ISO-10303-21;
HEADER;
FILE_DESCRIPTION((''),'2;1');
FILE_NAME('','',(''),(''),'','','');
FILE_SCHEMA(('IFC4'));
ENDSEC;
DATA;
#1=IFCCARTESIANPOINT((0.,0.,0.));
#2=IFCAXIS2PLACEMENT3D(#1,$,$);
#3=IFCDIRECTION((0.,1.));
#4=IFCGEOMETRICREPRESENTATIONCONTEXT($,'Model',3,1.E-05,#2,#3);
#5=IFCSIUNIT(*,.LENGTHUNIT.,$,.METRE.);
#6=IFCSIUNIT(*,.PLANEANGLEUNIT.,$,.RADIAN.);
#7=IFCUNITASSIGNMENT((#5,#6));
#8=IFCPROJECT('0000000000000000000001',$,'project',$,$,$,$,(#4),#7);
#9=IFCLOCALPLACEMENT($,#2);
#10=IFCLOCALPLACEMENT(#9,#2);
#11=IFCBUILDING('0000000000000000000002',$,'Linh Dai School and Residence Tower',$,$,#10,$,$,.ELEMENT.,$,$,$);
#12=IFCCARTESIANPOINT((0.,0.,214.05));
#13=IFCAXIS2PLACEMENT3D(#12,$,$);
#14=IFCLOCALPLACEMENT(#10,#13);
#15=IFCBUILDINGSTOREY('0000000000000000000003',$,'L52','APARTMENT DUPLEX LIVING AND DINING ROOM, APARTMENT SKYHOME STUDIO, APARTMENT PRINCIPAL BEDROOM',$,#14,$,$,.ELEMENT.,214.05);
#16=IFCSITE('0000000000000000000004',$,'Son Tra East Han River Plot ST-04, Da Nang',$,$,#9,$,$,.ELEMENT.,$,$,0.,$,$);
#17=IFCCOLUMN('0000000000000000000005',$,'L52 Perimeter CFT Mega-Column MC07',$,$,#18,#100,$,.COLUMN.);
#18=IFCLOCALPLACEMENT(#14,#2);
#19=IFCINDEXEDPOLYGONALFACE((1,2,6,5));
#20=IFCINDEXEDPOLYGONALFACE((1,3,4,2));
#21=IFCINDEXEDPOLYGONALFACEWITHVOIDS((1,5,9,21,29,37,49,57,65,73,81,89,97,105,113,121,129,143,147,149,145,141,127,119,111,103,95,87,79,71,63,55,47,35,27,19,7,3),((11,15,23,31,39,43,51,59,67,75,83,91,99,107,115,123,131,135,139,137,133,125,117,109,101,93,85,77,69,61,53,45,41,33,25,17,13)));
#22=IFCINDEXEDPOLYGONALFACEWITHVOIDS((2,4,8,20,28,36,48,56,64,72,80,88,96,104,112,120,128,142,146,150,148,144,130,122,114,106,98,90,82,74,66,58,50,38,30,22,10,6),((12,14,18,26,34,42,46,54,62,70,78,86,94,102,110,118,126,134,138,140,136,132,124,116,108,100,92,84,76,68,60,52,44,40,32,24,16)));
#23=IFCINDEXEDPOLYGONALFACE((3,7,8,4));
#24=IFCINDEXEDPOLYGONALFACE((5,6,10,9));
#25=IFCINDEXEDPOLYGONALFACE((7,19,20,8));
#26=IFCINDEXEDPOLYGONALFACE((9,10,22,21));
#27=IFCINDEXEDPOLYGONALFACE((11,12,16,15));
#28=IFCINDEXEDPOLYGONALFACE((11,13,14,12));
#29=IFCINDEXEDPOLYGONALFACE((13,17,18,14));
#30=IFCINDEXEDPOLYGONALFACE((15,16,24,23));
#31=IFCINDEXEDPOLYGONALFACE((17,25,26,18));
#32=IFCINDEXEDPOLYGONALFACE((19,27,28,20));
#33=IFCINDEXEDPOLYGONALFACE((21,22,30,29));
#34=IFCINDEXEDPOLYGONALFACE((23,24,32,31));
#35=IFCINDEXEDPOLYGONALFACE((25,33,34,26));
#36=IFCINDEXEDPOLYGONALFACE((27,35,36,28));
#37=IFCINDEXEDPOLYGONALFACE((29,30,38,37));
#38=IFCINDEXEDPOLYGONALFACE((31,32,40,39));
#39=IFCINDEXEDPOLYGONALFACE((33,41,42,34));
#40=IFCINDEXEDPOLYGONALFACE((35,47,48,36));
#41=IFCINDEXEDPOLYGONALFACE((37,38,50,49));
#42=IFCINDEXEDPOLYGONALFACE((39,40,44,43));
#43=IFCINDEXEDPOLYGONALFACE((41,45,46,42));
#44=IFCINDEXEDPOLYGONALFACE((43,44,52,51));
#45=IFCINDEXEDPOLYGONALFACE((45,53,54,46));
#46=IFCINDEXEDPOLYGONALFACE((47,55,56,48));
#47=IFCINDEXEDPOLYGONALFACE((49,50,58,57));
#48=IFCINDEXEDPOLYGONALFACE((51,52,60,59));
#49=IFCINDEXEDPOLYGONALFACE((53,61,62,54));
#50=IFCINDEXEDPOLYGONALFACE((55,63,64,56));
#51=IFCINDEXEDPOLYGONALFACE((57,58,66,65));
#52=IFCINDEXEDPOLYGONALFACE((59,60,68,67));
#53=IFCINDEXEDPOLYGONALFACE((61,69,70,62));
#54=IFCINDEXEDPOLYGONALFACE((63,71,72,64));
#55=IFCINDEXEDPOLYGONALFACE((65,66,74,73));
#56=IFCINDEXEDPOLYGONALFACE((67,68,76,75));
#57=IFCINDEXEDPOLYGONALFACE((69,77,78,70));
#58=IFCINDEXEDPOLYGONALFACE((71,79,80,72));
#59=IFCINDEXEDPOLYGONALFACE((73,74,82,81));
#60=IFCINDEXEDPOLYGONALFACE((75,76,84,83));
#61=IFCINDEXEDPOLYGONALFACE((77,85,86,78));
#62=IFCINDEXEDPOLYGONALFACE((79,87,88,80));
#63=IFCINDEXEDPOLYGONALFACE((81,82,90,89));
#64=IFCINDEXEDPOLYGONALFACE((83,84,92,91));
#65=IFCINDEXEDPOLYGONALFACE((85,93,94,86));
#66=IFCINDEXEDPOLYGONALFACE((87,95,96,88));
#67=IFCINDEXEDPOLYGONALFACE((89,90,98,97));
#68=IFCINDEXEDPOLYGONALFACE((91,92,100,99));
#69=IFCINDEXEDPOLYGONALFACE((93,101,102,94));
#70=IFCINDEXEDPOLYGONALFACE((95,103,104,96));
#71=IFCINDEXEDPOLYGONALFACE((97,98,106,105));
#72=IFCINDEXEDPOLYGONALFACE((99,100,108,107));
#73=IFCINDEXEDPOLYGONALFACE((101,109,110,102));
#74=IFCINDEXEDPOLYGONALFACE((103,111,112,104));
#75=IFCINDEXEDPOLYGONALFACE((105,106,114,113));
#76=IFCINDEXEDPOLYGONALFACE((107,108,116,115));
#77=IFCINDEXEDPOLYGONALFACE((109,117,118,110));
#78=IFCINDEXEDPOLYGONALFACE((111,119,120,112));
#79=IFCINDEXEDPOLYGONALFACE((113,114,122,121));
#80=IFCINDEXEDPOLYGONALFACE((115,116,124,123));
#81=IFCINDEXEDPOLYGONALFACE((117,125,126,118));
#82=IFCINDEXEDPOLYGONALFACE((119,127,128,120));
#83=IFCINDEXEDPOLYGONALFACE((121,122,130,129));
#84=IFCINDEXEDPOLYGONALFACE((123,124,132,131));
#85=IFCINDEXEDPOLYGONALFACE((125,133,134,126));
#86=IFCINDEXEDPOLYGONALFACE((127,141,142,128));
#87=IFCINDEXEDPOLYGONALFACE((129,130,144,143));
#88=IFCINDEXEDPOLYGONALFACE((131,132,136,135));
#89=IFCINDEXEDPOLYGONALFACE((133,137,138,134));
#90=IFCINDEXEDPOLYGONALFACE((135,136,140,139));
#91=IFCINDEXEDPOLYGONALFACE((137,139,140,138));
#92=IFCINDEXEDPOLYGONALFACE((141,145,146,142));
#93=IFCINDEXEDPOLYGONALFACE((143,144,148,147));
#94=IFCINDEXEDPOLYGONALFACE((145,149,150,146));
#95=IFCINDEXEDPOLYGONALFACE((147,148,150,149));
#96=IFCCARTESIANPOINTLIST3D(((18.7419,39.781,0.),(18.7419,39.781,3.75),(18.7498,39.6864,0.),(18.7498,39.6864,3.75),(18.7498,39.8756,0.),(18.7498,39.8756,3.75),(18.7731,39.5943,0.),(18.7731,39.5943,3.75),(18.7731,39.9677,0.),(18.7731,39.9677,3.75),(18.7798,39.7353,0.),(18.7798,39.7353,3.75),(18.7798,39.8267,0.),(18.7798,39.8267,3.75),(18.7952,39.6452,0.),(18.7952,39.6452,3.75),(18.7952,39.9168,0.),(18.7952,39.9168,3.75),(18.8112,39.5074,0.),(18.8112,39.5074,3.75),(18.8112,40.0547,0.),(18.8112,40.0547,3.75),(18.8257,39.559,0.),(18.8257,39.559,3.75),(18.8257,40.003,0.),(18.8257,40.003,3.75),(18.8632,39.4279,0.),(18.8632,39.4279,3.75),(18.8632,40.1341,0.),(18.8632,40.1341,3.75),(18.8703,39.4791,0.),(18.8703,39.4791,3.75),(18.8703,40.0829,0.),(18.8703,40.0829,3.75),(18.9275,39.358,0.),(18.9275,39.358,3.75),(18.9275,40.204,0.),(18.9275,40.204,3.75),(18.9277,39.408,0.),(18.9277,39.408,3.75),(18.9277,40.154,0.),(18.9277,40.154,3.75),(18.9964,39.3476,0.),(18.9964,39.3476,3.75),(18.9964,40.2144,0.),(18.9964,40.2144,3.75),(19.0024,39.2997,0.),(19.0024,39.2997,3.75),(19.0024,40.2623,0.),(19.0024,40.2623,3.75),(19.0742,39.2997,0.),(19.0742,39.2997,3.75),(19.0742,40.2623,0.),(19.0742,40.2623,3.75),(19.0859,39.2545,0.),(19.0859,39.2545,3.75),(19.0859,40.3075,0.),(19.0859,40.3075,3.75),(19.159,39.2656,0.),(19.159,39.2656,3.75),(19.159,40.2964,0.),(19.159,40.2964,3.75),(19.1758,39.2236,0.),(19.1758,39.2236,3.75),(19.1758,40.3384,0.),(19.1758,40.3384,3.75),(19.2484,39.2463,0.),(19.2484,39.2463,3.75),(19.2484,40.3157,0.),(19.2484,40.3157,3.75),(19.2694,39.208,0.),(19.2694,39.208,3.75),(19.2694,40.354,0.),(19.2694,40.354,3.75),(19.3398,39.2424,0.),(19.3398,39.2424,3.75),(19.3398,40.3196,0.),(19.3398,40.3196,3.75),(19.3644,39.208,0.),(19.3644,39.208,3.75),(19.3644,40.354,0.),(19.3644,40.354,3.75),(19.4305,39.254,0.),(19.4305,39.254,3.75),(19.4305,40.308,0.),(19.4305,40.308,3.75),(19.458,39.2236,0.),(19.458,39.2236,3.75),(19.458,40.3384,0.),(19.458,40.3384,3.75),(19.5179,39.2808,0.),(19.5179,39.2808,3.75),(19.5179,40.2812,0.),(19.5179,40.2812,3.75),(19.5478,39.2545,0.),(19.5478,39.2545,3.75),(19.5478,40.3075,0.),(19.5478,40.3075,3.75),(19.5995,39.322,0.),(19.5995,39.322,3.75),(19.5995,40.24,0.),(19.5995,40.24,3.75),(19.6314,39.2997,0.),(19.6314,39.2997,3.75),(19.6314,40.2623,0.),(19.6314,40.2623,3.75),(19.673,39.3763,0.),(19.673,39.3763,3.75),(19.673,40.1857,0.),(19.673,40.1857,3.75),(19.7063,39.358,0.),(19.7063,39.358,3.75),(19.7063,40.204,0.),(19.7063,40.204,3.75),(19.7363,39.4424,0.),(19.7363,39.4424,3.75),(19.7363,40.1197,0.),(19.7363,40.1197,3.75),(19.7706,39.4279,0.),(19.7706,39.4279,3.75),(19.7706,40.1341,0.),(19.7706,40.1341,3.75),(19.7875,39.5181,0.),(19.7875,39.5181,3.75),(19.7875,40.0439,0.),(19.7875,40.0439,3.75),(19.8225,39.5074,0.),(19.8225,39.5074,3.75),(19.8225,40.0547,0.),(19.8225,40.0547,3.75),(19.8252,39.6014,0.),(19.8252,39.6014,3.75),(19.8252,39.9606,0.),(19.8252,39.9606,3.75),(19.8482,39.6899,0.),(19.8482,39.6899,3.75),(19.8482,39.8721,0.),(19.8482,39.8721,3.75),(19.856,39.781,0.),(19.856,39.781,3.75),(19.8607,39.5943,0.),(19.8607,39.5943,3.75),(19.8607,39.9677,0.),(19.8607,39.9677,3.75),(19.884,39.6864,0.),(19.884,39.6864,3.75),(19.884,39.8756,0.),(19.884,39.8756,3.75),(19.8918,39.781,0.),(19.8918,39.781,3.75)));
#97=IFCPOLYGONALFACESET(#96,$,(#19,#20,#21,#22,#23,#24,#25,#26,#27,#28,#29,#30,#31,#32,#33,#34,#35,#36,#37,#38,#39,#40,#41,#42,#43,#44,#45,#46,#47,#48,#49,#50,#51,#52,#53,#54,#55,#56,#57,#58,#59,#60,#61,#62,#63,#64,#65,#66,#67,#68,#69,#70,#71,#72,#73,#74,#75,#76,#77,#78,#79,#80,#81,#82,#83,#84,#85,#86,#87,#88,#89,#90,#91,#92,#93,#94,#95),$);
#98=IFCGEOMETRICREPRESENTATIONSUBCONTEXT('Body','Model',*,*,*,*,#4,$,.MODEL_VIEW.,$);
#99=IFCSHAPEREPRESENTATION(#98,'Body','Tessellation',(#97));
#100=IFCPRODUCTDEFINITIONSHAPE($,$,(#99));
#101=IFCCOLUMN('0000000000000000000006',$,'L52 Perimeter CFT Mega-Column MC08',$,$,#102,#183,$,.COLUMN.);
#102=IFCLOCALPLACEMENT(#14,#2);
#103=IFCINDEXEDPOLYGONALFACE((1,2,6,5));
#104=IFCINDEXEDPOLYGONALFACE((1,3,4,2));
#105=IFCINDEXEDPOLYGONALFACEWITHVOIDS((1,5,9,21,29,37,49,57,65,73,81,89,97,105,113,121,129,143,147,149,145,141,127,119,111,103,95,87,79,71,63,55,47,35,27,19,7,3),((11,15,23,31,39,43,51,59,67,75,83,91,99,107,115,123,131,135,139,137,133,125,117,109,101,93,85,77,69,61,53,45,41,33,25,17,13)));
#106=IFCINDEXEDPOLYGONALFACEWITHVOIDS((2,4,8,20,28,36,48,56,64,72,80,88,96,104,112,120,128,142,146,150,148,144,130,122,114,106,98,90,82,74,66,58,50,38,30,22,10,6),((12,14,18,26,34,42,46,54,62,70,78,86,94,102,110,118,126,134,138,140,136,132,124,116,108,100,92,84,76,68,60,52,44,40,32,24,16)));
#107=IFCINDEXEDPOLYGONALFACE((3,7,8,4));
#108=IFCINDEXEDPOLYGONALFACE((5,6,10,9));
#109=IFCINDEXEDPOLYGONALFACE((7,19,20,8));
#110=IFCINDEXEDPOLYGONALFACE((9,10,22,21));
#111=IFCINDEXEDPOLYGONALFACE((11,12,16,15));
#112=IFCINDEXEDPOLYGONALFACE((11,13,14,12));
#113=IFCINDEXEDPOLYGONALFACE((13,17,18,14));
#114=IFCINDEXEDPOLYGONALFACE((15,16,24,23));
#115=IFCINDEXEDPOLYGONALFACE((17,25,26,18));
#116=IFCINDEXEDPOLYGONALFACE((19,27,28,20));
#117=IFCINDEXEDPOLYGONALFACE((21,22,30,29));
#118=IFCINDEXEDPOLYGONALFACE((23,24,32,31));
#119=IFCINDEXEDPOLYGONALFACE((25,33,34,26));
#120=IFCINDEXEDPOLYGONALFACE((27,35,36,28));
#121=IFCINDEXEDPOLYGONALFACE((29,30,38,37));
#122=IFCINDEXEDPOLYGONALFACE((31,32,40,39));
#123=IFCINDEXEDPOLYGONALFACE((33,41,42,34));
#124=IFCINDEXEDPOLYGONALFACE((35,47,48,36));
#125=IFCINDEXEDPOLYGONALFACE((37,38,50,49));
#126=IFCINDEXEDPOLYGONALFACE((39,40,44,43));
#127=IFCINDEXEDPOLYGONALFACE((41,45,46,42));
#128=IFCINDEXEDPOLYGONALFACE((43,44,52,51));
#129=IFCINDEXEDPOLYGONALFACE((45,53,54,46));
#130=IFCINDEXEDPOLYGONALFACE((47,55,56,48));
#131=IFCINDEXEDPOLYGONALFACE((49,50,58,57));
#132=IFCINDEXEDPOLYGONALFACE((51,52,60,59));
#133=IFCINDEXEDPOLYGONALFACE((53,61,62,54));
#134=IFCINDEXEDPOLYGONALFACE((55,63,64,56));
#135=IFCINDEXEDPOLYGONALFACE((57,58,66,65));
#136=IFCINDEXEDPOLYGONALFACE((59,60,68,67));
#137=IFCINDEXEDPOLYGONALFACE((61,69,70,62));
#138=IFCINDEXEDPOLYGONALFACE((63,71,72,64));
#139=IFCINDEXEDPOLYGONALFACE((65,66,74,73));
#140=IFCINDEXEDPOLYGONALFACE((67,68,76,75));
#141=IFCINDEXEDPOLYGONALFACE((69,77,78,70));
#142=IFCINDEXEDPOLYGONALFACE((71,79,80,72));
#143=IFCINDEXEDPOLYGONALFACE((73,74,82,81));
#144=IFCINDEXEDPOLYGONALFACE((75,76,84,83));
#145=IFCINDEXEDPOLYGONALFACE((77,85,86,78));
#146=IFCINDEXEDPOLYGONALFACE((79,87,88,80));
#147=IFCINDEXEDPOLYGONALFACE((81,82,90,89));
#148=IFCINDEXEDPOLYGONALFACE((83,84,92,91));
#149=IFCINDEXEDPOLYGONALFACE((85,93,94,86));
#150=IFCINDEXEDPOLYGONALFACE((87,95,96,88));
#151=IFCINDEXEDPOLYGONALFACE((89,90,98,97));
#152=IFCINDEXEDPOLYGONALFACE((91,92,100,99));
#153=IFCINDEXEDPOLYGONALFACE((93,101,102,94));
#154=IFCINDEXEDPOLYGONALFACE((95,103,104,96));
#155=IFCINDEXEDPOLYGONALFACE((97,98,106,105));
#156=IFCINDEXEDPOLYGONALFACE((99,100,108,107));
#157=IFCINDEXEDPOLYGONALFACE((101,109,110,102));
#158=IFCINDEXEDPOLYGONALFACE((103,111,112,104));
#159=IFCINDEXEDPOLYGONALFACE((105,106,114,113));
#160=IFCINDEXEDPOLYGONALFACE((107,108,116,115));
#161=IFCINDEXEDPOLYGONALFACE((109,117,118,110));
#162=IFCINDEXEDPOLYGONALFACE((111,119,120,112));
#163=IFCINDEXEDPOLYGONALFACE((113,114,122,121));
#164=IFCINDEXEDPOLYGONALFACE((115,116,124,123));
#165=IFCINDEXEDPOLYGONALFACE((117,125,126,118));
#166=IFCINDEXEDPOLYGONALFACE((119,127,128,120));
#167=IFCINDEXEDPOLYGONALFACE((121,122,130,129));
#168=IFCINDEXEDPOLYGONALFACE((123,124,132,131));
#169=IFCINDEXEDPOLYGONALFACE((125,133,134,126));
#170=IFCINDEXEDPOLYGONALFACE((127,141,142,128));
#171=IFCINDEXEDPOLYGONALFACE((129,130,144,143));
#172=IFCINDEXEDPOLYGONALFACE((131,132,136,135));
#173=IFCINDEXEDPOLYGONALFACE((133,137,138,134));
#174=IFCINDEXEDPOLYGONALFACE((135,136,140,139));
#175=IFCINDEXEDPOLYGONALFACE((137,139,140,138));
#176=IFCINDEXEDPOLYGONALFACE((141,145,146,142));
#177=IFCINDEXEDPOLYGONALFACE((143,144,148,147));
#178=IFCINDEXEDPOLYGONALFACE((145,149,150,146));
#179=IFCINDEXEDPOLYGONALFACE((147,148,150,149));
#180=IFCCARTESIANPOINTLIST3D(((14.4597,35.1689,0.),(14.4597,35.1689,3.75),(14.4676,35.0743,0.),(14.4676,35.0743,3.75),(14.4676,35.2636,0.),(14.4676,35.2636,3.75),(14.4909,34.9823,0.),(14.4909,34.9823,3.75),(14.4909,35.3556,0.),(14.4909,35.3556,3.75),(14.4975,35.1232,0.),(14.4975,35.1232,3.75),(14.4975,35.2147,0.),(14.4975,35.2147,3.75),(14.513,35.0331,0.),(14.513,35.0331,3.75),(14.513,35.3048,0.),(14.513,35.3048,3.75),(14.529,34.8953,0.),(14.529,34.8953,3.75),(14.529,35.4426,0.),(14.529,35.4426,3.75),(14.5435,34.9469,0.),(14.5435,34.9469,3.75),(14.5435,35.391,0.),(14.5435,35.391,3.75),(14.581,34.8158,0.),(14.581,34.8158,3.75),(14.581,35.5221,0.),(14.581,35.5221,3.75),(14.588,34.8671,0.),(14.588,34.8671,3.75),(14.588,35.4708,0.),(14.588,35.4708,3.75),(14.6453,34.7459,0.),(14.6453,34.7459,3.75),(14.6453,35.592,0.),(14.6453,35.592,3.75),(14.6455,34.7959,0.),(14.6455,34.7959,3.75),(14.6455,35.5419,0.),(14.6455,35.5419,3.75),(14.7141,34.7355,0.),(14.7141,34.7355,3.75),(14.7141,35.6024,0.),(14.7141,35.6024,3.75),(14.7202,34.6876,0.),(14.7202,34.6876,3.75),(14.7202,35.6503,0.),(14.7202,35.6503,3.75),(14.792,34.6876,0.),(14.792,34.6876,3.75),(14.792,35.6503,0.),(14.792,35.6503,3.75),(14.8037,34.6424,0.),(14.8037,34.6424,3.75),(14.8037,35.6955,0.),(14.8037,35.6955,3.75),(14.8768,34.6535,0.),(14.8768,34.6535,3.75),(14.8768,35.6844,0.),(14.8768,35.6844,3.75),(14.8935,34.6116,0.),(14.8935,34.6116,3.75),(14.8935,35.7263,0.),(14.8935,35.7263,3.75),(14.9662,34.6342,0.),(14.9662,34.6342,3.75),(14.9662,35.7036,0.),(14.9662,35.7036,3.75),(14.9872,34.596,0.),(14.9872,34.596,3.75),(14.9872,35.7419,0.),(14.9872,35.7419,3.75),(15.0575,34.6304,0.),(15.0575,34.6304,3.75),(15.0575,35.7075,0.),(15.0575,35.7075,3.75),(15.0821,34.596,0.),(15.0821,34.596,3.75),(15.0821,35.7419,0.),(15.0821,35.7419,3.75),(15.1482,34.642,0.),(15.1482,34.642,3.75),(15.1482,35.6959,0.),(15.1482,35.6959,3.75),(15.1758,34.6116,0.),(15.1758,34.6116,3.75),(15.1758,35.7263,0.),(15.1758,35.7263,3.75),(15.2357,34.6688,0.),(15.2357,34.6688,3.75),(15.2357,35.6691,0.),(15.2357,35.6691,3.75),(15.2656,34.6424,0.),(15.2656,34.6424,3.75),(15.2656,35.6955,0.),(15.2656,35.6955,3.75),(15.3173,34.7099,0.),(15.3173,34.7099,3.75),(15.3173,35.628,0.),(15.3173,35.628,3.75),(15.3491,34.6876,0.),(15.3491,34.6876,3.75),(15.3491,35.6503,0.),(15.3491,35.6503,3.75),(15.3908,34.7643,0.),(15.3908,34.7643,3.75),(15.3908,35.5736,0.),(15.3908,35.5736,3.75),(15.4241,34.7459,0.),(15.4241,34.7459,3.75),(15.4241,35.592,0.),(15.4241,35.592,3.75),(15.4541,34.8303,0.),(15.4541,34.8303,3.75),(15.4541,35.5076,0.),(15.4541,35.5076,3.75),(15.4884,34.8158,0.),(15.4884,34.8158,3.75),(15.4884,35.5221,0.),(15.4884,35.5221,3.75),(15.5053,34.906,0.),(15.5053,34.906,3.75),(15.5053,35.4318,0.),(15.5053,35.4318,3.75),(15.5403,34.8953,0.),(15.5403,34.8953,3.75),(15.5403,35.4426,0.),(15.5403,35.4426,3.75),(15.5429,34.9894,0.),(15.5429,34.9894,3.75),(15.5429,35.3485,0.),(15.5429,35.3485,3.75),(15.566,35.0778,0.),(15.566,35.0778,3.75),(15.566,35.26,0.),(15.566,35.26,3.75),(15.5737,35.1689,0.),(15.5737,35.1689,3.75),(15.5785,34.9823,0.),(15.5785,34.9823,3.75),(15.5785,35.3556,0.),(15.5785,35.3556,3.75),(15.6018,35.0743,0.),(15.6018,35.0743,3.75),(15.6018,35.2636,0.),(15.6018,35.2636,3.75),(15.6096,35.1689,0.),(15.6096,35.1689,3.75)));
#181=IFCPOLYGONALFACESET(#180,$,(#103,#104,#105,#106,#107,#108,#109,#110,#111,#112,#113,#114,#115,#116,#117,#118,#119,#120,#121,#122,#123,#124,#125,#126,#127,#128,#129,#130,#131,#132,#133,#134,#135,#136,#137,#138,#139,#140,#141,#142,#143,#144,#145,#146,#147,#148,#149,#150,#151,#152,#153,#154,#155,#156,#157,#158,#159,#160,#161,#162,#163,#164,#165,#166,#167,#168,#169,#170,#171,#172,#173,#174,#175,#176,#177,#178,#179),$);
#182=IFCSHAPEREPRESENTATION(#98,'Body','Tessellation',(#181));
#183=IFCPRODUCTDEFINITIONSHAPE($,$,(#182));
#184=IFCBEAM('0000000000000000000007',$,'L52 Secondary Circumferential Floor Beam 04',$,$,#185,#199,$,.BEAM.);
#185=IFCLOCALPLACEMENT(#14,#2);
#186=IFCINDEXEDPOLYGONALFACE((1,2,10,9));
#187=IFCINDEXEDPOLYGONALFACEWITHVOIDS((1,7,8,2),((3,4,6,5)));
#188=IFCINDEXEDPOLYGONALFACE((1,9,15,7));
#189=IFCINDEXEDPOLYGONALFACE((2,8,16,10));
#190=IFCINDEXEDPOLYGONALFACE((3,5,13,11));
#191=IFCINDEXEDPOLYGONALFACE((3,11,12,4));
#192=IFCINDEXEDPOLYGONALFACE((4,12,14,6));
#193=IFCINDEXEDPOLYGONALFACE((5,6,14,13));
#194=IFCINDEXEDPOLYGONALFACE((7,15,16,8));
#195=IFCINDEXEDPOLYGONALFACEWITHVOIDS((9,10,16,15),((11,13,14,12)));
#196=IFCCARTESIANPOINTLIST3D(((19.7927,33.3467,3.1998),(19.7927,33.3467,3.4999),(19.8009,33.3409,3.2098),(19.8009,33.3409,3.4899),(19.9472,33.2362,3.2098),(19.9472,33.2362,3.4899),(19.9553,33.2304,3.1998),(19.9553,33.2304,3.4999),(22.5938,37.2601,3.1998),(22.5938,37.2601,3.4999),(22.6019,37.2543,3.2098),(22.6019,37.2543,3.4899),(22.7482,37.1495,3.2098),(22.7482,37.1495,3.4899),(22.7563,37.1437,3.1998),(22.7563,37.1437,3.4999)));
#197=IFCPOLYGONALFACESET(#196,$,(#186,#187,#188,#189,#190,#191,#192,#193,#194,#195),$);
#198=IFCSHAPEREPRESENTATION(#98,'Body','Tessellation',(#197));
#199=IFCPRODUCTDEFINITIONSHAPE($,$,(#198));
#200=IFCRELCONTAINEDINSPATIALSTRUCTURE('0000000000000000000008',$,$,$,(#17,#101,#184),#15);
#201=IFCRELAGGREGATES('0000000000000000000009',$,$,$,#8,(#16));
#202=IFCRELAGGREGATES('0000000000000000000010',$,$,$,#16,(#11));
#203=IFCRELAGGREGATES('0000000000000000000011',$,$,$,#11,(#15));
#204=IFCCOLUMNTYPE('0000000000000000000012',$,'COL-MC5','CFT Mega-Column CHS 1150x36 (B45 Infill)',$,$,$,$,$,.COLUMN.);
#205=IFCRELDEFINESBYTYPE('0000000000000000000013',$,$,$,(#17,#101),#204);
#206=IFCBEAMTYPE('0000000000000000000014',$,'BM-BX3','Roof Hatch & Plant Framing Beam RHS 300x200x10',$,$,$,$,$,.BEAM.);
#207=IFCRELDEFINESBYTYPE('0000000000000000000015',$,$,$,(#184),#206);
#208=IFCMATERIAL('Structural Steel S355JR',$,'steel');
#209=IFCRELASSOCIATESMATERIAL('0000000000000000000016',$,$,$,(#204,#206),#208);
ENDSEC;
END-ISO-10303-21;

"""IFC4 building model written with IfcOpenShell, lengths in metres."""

from ifc_helpers import new_model, si_unit, direction, frame, origin, origin_2d, place, context, subcontext, project, spatial, hollow_rectangle, hollow_circle, extrude, material, material_profile, profile_set, type_object, element, save


model = new_model("IFC4")

# Units and contexts
model_context = context("Model", 3, precision=1e-05, world=origin(), true_north=direction((0.0, 1.0)))
body_context = subcontext(model_context, "Body", "Model", "MODEL_VIEW")
ifc_project = project(units=[si_unit("LENGTHUNIT", "METRE"), si_unit("PLANEANGLEUNIT", "RADIAN")], contexts=[model_context])

# Site, building, storey
site_placement = place(None, origin())
site = spatial("IfcSite", under=ifc_project, at=site_placement, Name="Son Tra East Han River Plot ST-04, Da Nang", CompositionType="ELEMENT", RefElevation=0.0)
building_placement = place(site_placement, origin())
building = spatial("IfcBuilding", under=site, at=building_placement, Name="Linh Dai School and Residence Tower", CompositionType="ELEMENT")
storey_placement = place(building_placement, frame((0.0, 0.0, 214.05)))
storey = spatial("IfcBuildingStorey", under=building, at=storey_placement, Name="L52", Description="APARTMENT DUPLEX LIVING AND DINING ROOM, APARTMENT SKYHOME STUDIO, APARTMENT PRINCIPAL BEDROOM", CompositionType="ELEMENT", Elevation=214.05)

# Columns
ifc_material_1 = material(Name="Structural Steel S355JR", Category="steel")
ifc_material_profile_1 = material_profile(ifc_material_1, hollow_circle(Radius=0.575, WallThickness=0.0359, at=origin_2d()), Name="CHS 1150x36")
ifc_profile_set_1 = profile_set([ifc_material_profile_1], Name="Structural Steel S355JR")
column_type = type_object("IfcColumnType", Name="COL-MC5", Description="CFT Mega-Column CHS 1150x36 (B45 Infill)", PredefinedType="COLUMN", material=ifc_profile_set_1)
for number, where, z_axis, x_axis, name in (
    (1, (19.3169, 39.781, 0.0), (0.0, 0.0, 1.0), (1.0, 0.0, 0.0), "L52 Perimeter CFT Mega-Column MC07"),
    (2, (15.0347, 35.1689, 0.0), (0.0, 0.0, 1.0), (1.0, 0.0, 0.0), "L52 Perimeter CFT Mega-Column MC08"),
):
    element("IfcColumn", number, at=place(storey_placement, frame(where, z_axis=z_axis, x_axis=x_axis)), inside=storey, type_object=column_type, Name=name, PredefinedType="COLUMN", context=body_context, shape_type="SweptSolid", body=[
        extrude(hollow_circle(Radius=0.575, WallThickness=0.0359, at=origin_2d()), origin(), (0.0, 0.0, 1.0), 3.75),
    ])

# Beam
ifc_material_profile_2 = material_profile(ifc_material_1, hollow_rectangle(XDim=0.2, YDim=0.3, WallThickness=0.01, at=origin_2d()), Name="RHS 300x200x10")
ifc_profile_set_2 = profile_set([ifc_material_profile_2], Name="Structural Steel S355JR")
beam_type_1 = type_object("IfcBeamType", Name="BM-BX3", Description="Roof Hatch & Plant Framing Beam RHS 300x200x10", PredefinedType="BEAM", material=ifc_profile_set_2)
beam_1_placement = place(storey_placement, frame((22.675, 37.2019, 3.3499), z_axis=(-0.582035, -0.813164, 0.0), x_axis=(0.813164, -0.582035, 0.0)))
element("IfcBeam", 3, at=beam_1_placement, inside=storey, type_object=beam_type_1, Name="L52 Secondary Circumferential Floor Beam 04", PredefinedType="BEAM", context=body_context, shape_type="SweptSolid", body=[
    extrude(hollow_rectangle(XDim=0.2, YDim=0.3, WallThickness=0.01, at=origin_2d()), origin(), (0.0, 0.0, 1.0), 4.8125),
])

save(model, "model.ifc")
